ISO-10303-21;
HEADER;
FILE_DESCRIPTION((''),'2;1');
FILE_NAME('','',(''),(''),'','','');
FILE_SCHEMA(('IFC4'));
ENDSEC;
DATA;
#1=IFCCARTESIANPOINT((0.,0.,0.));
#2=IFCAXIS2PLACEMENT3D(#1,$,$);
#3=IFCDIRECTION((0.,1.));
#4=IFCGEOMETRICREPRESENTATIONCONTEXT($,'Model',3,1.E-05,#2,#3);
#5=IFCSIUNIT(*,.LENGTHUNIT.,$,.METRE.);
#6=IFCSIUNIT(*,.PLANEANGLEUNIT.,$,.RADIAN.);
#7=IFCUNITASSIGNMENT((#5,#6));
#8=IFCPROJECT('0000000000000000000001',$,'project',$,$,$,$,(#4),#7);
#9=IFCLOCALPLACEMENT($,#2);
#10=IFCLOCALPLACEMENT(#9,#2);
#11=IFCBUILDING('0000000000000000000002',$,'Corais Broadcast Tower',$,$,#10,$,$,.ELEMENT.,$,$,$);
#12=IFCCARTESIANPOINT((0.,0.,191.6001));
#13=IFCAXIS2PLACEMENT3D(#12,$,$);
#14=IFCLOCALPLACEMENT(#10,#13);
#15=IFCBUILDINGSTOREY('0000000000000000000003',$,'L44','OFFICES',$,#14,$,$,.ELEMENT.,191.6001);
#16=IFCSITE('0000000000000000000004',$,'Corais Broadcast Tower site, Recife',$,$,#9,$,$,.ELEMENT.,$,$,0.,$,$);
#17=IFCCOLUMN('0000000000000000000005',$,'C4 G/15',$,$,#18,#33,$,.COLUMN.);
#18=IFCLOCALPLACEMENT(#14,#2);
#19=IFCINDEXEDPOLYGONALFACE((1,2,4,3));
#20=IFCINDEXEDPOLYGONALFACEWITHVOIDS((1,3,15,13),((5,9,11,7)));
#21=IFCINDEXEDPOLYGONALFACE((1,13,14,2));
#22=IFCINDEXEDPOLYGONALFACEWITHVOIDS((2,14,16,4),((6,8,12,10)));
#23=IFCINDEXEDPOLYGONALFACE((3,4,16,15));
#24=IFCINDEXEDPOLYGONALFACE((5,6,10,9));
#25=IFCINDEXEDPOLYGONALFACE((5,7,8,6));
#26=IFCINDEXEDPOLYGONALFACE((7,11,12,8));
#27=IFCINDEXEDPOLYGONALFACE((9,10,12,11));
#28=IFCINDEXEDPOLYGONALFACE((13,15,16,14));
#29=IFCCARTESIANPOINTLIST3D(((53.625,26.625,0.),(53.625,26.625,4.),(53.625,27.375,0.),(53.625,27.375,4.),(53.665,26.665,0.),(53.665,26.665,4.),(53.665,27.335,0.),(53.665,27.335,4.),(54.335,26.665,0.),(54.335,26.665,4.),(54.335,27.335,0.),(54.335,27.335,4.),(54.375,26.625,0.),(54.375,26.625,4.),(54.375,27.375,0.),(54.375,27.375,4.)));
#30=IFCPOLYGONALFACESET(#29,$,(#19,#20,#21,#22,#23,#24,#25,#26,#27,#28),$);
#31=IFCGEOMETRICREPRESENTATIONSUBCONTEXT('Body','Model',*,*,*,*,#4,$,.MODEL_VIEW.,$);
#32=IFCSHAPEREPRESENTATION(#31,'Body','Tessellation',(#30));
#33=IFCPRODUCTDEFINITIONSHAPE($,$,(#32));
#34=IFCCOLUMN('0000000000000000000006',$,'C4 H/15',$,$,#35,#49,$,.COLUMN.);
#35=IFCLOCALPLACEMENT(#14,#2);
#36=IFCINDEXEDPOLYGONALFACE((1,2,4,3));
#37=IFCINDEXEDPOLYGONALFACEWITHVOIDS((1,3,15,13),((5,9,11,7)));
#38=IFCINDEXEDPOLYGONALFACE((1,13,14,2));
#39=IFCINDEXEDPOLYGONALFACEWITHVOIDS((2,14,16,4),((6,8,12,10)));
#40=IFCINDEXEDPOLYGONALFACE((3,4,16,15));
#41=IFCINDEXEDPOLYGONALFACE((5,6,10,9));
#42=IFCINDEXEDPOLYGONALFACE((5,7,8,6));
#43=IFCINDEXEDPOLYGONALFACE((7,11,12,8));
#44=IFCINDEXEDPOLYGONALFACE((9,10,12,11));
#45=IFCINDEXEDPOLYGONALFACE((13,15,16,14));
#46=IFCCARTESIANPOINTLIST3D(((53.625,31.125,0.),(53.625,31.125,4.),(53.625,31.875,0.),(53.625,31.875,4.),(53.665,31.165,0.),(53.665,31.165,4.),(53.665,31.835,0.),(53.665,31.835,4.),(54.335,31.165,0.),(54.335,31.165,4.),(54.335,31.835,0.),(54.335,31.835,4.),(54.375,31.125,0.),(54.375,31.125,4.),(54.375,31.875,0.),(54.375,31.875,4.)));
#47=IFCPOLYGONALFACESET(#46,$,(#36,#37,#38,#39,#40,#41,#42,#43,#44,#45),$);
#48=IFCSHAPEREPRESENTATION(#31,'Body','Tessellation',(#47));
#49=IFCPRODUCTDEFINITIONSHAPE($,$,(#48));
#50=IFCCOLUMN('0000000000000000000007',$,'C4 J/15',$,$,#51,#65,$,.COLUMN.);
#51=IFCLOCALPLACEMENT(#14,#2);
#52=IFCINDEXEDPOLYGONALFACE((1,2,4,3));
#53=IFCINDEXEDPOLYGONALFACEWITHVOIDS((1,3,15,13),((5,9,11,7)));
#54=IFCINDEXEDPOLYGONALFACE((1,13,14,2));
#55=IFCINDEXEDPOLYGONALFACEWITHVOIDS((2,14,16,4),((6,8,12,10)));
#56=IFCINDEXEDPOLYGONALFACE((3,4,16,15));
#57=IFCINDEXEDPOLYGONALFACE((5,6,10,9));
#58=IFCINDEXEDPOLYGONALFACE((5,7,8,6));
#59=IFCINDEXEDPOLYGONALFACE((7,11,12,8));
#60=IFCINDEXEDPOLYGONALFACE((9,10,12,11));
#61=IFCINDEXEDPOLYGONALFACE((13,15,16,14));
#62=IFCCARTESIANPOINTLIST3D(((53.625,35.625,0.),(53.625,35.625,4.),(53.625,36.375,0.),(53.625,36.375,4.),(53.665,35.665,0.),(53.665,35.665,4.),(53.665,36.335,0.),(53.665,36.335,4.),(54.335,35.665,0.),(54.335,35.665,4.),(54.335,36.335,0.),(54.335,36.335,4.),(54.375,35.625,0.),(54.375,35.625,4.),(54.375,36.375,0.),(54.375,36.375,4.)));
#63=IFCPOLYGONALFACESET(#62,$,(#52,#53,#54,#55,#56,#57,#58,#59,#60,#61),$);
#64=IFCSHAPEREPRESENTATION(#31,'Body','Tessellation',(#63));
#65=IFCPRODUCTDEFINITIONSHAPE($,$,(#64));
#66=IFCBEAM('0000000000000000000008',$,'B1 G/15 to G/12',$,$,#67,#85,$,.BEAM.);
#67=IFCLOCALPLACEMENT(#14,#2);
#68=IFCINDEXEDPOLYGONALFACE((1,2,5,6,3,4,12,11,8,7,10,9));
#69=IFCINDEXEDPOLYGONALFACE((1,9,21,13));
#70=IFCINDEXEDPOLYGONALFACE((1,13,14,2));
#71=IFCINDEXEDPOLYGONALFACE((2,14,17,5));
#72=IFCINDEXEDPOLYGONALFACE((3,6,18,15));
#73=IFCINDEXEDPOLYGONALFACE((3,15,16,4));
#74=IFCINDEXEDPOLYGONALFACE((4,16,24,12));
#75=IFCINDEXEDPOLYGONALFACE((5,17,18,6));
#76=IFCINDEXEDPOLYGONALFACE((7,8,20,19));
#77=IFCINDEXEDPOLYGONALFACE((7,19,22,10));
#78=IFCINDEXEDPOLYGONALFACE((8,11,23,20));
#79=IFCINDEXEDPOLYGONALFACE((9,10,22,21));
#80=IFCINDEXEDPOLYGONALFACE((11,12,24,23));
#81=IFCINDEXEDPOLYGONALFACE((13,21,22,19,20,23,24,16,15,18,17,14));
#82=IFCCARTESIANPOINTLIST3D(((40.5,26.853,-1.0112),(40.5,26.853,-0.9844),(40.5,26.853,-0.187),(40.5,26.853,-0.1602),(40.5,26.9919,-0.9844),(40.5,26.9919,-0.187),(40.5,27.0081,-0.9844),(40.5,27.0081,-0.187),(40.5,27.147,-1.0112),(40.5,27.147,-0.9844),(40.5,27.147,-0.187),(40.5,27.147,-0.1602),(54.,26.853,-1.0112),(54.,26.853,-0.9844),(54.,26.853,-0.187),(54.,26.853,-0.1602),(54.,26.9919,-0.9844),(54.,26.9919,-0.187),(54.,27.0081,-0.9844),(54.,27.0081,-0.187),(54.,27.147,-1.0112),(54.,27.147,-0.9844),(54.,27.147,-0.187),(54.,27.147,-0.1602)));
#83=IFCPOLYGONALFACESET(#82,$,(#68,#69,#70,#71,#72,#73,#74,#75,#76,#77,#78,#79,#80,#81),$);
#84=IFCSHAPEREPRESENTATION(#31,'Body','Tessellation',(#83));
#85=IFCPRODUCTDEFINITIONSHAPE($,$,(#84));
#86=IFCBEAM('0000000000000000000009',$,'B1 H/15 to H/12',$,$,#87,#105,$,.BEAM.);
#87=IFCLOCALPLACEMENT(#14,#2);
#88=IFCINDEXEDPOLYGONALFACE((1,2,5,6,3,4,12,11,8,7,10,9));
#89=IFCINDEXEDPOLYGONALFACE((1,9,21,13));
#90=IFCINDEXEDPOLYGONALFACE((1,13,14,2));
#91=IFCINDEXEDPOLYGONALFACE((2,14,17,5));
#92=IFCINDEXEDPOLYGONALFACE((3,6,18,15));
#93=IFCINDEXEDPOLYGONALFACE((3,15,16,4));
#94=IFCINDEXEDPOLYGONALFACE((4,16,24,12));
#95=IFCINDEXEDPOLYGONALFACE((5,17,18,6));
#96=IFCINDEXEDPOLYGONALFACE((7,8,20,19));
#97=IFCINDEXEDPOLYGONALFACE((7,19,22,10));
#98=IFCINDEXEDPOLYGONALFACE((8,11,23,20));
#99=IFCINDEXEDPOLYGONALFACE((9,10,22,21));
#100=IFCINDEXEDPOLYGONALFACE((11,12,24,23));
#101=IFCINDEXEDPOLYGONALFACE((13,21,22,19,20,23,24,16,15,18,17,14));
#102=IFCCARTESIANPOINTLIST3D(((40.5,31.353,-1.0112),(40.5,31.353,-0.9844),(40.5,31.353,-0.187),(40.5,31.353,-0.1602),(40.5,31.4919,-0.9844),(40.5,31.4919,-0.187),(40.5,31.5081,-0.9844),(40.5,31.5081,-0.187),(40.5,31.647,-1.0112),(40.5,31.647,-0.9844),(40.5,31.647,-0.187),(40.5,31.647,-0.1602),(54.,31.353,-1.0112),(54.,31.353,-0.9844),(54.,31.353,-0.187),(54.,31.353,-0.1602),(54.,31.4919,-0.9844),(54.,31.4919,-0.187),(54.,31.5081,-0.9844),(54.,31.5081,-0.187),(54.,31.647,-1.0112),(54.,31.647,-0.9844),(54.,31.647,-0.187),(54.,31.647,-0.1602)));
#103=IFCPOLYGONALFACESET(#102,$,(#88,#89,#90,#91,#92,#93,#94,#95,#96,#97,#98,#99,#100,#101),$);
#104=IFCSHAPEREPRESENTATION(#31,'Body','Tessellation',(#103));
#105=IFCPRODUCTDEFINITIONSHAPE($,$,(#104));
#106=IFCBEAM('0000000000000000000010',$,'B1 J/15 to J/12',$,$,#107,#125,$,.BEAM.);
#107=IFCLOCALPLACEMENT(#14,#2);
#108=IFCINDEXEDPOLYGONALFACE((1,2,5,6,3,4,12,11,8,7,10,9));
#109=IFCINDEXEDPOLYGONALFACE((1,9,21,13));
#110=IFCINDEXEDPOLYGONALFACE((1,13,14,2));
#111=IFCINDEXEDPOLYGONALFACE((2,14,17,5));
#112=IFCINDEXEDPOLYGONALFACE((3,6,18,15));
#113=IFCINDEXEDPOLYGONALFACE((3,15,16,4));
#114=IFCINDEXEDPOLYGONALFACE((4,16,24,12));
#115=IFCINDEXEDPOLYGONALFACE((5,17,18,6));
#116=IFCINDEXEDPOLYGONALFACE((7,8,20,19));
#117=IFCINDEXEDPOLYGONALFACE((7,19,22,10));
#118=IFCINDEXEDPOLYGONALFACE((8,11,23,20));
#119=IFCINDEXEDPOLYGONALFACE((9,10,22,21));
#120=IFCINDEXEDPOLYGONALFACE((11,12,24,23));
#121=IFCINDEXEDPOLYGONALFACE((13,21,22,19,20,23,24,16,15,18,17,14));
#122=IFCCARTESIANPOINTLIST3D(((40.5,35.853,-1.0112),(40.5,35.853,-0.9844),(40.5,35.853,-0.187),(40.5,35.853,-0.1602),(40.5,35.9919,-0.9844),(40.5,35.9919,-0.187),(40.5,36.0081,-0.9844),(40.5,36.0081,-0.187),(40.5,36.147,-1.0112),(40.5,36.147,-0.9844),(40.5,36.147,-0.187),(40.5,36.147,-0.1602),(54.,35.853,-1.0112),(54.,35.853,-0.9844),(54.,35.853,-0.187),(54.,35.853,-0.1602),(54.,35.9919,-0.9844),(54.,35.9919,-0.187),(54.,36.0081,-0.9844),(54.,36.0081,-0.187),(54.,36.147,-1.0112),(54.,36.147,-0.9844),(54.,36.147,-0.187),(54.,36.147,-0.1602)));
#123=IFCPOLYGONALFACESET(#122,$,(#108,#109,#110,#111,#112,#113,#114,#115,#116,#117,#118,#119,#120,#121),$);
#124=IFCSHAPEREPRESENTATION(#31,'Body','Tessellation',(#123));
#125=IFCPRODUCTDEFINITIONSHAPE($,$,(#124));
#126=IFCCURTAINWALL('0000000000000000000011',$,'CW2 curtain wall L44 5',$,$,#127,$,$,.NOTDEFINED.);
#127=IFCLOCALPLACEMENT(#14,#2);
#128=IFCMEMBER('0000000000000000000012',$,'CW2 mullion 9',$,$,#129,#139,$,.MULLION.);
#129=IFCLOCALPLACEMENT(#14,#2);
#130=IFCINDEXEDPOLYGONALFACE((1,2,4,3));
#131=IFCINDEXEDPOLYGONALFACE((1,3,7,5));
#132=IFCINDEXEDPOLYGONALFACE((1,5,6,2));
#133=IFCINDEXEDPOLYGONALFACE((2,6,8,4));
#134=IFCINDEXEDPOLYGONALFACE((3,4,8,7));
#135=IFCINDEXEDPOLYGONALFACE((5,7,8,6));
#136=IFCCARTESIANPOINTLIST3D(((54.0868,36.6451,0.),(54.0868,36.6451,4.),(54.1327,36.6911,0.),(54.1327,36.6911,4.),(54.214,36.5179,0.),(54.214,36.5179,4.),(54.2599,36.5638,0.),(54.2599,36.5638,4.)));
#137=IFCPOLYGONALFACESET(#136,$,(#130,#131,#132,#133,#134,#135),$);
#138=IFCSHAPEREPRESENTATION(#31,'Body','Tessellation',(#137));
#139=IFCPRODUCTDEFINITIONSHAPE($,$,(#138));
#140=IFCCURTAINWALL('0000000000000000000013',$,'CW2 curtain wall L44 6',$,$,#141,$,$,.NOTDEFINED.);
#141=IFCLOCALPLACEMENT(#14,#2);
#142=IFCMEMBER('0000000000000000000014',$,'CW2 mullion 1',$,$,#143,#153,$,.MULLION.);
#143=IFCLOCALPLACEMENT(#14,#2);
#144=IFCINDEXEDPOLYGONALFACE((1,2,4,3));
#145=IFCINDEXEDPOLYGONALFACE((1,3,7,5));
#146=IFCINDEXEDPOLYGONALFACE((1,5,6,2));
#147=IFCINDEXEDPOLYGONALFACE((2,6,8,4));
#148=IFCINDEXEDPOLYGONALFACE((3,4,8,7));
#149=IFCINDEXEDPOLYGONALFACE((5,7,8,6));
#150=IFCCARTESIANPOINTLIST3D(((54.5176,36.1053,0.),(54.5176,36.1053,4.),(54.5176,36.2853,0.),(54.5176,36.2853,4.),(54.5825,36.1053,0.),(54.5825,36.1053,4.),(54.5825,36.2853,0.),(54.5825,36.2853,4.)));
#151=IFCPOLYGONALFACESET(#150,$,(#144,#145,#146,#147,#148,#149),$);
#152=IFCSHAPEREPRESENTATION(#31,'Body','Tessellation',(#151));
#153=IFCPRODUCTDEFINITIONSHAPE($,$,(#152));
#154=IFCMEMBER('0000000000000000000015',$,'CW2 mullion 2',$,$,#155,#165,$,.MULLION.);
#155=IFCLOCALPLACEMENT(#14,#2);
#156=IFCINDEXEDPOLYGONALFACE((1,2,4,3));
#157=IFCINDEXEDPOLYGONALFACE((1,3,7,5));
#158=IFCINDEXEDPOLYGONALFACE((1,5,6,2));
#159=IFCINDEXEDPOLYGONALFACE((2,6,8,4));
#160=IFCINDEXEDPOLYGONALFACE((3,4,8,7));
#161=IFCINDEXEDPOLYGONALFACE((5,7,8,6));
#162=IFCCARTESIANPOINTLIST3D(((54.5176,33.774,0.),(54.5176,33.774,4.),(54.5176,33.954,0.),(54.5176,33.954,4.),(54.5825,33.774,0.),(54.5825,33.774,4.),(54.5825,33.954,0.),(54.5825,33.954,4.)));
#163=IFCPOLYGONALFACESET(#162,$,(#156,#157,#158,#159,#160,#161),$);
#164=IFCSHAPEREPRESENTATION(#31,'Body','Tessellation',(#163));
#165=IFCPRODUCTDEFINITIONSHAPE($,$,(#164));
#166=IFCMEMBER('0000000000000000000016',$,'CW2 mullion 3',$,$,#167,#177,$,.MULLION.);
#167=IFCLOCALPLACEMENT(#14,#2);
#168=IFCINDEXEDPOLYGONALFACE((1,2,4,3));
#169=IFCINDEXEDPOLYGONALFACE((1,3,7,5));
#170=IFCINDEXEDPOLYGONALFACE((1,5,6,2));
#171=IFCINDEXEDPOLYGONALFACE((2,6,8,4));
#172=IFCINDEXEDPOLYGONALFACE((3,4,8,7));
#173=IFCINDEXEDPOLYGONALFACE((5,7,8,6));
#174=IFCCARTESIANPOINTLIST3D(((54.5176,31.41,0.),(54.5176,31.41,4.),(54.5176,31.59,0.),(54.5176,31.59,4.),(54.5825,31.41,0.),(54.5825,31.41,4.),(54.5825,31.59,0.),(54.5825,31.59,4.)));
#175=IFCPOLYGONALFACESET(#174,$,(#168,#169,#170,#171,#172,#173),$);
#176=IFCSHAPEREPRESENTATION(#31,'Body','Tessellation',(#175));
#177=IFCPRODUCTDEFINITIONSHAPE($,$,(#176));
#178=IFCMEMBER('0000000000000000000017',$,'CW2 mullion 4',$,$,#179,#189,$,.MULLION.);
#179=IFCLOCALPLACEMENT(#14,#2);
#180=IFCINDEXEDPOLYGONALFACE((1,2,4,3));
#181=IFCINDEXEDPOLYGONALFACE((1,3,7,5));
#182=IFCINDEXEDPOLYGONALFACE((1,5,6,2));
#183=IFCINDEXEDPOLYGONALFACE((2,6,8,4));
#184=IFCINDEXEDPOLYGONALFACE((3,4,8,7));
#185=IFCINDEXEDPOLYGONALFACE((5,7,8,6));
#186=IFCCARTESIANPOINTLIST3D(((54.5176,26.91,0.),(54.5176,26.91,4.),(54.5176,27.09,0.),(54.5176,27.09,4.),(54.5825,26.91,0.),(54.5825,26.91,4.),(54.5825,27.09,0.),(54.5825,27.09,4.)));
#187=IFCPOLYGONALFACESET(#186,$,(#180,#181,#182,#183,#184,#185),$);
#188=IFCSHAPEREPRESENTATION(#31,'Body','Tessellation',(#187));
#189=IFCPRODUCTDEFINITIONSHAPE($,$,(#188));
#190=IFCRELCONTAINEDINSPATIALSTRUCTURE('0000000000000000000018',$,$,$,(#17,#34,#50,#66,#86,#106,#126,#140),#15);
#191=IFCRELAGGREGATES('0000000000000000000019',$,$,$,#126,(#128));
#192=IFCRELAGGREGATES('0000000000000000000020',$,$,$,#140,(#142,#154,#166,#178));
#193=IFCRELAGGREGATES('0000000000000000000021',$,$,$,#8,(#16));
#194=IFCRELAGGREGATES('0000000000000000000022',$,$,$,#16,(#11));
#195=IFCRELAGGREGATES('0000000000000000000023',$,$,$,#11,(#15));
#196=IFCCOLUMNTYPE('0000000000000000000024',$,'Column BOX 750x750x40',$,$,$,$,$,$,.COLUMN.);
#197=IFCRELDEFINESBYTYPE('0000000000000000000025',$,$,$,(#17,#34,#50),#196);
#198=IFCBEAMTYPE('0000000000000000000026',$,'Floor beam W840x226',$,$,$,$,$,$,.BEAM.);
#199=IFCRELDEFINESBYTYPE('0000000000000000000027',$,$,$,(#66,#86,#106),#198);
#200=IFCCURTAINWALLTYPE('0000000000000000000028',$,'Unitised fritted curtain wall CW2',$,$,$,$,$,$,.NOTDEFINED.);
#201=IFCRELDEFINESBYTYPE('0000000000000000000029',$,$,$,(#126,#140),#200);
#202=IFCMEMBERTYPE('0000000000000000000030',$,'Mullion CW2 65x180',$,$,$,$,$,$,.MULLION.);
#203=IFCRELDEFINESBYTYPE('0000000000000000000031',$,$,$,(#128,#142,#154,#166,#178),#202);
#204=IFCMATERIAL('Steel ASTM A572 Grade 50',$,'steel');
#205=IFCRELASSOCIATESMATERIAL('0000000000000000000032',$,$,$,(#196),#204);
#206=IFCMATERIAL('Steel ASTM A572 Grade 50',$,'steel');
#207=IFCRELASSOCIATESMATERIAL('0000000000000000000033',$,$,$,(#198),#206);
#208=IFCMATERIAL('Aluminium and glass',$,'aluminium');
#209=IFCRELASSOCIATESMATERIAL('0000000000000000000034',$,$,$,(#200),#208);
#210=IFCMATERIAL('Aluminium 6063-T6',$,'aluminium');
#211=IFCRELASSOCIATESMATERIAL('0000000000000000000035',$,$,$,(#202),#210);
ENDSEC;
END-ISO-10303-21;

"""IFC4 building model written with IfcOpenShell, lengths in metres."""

from ifc_helpers import new_model, si_unit, direction, frame, origin, origin_2d, place, context, subcontext, project, spatial, rectangle, hollow_rectangle, i_section, extrude, material, material_profile, profile_set, type_object, element, aggregate, save


model = new_model("IFC4")

# Units and contexts
model_context = context("Model", 3, precision=1e-05, world=origin(), true_north=direction((0.0, 1.0)))
body_context = subcontext(model_context, "Body", "Model", "MODEL_VIEW")
ifc_project = project(units=[si_unit("LENGTHUNIT", "METRE"), si_unit("PLANEANGLEUNIT", "RADIAN")], contexts=[model_context])

# Site, building, storey
site_placement = place(None, origin())
site = spatial("IfcSite", under=ifc_project, at=site_placement, Name="Corais Broadcast Tower site, Recife", CompositionType="ELEMENT", RefElevation=0.0)
building_placement = place(site_placement, origin())
building = spatial("IfcBuilding", under=site, at=building_placement, Name="Corais Broadcast Tower", CompositionType="ELEMENT")
storey_placement = place(building_placement, frame((0.0, 0.0, 191.6001)))
storey = spatial("IfcBuildingStorey", under=building, at=storey_placement, Name="L44", Description="OFFICES", CompositionType="ELEMENT", Elevation=191.6001)

# Columns
ifc_material_1 = material(Name="Steel ASTM A572 Grade 50", Category="steel")
ifc_material_profile_1 = material_profile(ifc_material_1, hollow_rectangle(XDim=0.75, YDim=0.75, WallThickness=0.04, at=origin_2d()), Name="BOX 750x750x40")
ifc_profile_set_1 = profile_set([ifc_material_profile_1], Name="Steel ASTM A572 Grade 50")
column_type = type_object("IfcColumnType", Name="Column BOX 750x750x40", PredefinedType="COLUMN", material=ifc_profile_set_1)
for number, where, z_axis, x_axis, name in (
    (1, (54.0, 27.0, 0.0), (0.0, 0.0, 1.0), (1.0, 0.0, 0.0), "C4 G/15"),
    (2, (54.0, 31.5, 0.0), (0.0, 0.0, 1.0), (1.0, 0.0, 0.0), "C4 H/15"),
    (3, (54.0, 36.0, 0.0), (0.0, 0.0, 1.0), (1.0, 0.0, 0.0), "C4 J/15"),
):
    element("IfcColumn", number, at=place(storey_placement, frame(where, z_axis=z_axis, x_axis=x_axis)), inside=storey, type_object=column_type, Name=name, PredefinedType="COLUMN", context=body_context, shape_type="SweptSolid", body=[
        extrude(hollow_rectangle(XDim=0.75, YDim=0.75, WallThickness=0.04, at=origin_2d()), origin(), (0.0, 0.0, 1.0), 4.0),
    ])

# Beams
ifc_material_2 = material(Name="Steel ASTM A572 Grade 50", Category="steel")
ifc_material_profile_2 = material_profile(ifc_material_2, i_section(OverallWidth=0.2939, OverallDepth=0.8511, WebThickness=0.0161, FlangeThickness=0.0269, at=origin_2d()), Name="W840x226")
ifc_profile_set_2 = profile_set([ifc_material_profile_2], Name="Steel ASTM A572 Grade 50")
beam_type_1 = type_object("IfcBeamType", Name="Floor beam W840x226", PredefinedType="BEAM", material=ifc_profile_set_2)
for number, where, z_axis, x_axis, name in (
    (4, (54.0, 27.0, -0.5857), (-1.0, 0.0, 0.0), (0.0, -1.0, 0.0), "B1 G/15 to G/12"),
    (5, (54.0, 31.5, -0.5857), (-1.0, 0.0, 0.0), (0.0, -1.0, 0.0), "B1 H/15 to H/12"),
    (6, (54.0, 36.0, -0.5857), (-1.0, 0.0, 0.0), (0.0, -1.0, 0.0), "B1 J/15 to J/12"),
):
    element("IfcBeam", number, at=place(storey_placement, frame(where, z_axis=z_axis, x_axis=x_axis)), inside=storey, type_object=beam_type_1, Name=name, PredefinedType="BEAM", context=body_context, shape_type="SweptSolid", body=[
        extrude(i_section(OverallWidth=0.2939, OverallDepth=0.8511, WebThickness=0.0161, FlangeThickness=0.0269, at=origin_2d()), origin(), (0.0, 0.0, 1.0), 13.5),
    ])

# Curtain wall, member
ifc_material_3 = material(Name="Aluminium and glass", Category="aluminium")
curtain_wall_type = type_object("IfcCurtainWallType", Name="Unitised fritted curtain wall CW2", PredefinedType="NOTDEFINED", material=ifc_material_3)
curtain_wall_1_placement = place(storey_placement, origin())
curtain_wall_1 = element("IfcCurtainWall", 7, at=curtain_wall_1_placement, inside=storey, type_object=curtain_wall_type, Name="CW2 curtain wall L44 5", PredefinedType="NOTDEFINED")
ifc_material_4 = material(Name="Aluminium 6063-T6", Category="aluminium")
ifc_material_profile_3 = material_profile(ifc_material_4, rectangle(XDim=0.0649, YDim=0.1799, at=origin_2d()), Name="Mullion CW2 65x180")
ifc_profile_set_3 = profile_set([ifc_material_profile_3], Name="Aluminium 6063-T6")
member_type_1 = type_object("IfcMemberType", Name="Mullion CW2 65x180", PredefinedType="MULLION", material=ifc_profile_set_3)
member_1_placement = place(storey_placement, frame((54.1733, 36.6045, 0.0), z_axis=(0.0, 0.0, 1.0), x_axis=(0.707107, 0.707107, 0.0)))
member_1 = element("IfcMember", 8, at=member_1_placement, type_object=member_type_1, Name="CW2 mullion 9", PredefinedType="MULLION", context=body_context, shape_type="SweptSolid", body=[
    extrude(rectangle(XDim=0.0649, YDim=0.1799, at=origin_2d()), origin(), (0.0, 0.0, 1.0), 4.0),
])

# Curtain wall, members
curtain_wall_2_placement = place(storey_placement, origin())
curtain_wall_2 = element("IfcCurtainWall", 9, at=curtain_wall_2_placement, inside=storey, type_object=curtain_wall_type, Name="CW2 curtain wall L44 6", PredefinedType="NOTDEFINED")
member_2_placement = place(storey_placement, frame((54.55, 36.1953, 0.0), z_axis=(0.0, 0.0, 1.0), x_axis=(1.0, 0.0, 0.0)))
member_2 = element("IfcMember", 10, at=member_2_placement, type_object=member_type_1, Name="CW2 mullion 1", PredefinedType="MULLION", context=body_context, shape_type="SweptSolid", body=[
    extrude(rectangle(XDim=0.0649, YDim=0.1799, at=origin_2d()), origin(), (0.0, 0.0, 1.0), 4.0),
])
member_3_placement = place(storey_placement, frame((54.55, 33.864, 0.0), z_axis=(0.0, 0.0, 1.0), x_axis=(1.0, 0.0, 0.0)))
member_3 = element("IfcMember", 11, at=member_3_placement, type_object=member_type_1, Name="CW2 mullion 2", PredefinedType="MULLION", context=body_context, shape_type="SweptSolid", body=[
    extrude(rectangle(XDim=0.0649, YDim=0.1799, at=origin_2d()), origin(), (0.0, 0.0, 1.0), 4.0),
])
member_4_placement = place(storey_placement, frame((54.55, 31.5, 0.0), z_axis=(0.0, 0.0, 1.0), x_axis=(1.0, 0.0, 0.0)))
member_4 = element("IfcMember", 12, at=member_4_placement, type_object=member_type_1, Name="CW2 mullion 3", PredefinedType="MULLION", context=body_context, shape_type="SweptSolid", body=[
    extrude(rectangle(XDim=0.0649, YDim=0.1799, at=origin_2d()), origin(), (0.0, 0.0, 1.0), 4.0),
])
member_5_placement = place(storey_placement, frame((54.55, 27.0, 0.0), z_axis=(0.0, 0.0, 1.0), x_axis=(1.0, 0.0, 0.0)))
member_5 = element("IfcMember", 13, at=member_5_placement, type_object=member_type_1, Name="CW2 mullion 4", PredefinedType="MULLION", context=body_context, shape_type="SweptSolid", body=[
    extrude(rectangle(XDim=0.0649, YDim=0.1799, at=origin_2d()), origin(), (0.0, 0.0, 1.0), 4.0),
])

aggregate(curtain_wall_1, [member_1])
aggregate(curtain_wall_2, [member_2, member_3, member_4, member_5])

save(model, "model.ifc")
